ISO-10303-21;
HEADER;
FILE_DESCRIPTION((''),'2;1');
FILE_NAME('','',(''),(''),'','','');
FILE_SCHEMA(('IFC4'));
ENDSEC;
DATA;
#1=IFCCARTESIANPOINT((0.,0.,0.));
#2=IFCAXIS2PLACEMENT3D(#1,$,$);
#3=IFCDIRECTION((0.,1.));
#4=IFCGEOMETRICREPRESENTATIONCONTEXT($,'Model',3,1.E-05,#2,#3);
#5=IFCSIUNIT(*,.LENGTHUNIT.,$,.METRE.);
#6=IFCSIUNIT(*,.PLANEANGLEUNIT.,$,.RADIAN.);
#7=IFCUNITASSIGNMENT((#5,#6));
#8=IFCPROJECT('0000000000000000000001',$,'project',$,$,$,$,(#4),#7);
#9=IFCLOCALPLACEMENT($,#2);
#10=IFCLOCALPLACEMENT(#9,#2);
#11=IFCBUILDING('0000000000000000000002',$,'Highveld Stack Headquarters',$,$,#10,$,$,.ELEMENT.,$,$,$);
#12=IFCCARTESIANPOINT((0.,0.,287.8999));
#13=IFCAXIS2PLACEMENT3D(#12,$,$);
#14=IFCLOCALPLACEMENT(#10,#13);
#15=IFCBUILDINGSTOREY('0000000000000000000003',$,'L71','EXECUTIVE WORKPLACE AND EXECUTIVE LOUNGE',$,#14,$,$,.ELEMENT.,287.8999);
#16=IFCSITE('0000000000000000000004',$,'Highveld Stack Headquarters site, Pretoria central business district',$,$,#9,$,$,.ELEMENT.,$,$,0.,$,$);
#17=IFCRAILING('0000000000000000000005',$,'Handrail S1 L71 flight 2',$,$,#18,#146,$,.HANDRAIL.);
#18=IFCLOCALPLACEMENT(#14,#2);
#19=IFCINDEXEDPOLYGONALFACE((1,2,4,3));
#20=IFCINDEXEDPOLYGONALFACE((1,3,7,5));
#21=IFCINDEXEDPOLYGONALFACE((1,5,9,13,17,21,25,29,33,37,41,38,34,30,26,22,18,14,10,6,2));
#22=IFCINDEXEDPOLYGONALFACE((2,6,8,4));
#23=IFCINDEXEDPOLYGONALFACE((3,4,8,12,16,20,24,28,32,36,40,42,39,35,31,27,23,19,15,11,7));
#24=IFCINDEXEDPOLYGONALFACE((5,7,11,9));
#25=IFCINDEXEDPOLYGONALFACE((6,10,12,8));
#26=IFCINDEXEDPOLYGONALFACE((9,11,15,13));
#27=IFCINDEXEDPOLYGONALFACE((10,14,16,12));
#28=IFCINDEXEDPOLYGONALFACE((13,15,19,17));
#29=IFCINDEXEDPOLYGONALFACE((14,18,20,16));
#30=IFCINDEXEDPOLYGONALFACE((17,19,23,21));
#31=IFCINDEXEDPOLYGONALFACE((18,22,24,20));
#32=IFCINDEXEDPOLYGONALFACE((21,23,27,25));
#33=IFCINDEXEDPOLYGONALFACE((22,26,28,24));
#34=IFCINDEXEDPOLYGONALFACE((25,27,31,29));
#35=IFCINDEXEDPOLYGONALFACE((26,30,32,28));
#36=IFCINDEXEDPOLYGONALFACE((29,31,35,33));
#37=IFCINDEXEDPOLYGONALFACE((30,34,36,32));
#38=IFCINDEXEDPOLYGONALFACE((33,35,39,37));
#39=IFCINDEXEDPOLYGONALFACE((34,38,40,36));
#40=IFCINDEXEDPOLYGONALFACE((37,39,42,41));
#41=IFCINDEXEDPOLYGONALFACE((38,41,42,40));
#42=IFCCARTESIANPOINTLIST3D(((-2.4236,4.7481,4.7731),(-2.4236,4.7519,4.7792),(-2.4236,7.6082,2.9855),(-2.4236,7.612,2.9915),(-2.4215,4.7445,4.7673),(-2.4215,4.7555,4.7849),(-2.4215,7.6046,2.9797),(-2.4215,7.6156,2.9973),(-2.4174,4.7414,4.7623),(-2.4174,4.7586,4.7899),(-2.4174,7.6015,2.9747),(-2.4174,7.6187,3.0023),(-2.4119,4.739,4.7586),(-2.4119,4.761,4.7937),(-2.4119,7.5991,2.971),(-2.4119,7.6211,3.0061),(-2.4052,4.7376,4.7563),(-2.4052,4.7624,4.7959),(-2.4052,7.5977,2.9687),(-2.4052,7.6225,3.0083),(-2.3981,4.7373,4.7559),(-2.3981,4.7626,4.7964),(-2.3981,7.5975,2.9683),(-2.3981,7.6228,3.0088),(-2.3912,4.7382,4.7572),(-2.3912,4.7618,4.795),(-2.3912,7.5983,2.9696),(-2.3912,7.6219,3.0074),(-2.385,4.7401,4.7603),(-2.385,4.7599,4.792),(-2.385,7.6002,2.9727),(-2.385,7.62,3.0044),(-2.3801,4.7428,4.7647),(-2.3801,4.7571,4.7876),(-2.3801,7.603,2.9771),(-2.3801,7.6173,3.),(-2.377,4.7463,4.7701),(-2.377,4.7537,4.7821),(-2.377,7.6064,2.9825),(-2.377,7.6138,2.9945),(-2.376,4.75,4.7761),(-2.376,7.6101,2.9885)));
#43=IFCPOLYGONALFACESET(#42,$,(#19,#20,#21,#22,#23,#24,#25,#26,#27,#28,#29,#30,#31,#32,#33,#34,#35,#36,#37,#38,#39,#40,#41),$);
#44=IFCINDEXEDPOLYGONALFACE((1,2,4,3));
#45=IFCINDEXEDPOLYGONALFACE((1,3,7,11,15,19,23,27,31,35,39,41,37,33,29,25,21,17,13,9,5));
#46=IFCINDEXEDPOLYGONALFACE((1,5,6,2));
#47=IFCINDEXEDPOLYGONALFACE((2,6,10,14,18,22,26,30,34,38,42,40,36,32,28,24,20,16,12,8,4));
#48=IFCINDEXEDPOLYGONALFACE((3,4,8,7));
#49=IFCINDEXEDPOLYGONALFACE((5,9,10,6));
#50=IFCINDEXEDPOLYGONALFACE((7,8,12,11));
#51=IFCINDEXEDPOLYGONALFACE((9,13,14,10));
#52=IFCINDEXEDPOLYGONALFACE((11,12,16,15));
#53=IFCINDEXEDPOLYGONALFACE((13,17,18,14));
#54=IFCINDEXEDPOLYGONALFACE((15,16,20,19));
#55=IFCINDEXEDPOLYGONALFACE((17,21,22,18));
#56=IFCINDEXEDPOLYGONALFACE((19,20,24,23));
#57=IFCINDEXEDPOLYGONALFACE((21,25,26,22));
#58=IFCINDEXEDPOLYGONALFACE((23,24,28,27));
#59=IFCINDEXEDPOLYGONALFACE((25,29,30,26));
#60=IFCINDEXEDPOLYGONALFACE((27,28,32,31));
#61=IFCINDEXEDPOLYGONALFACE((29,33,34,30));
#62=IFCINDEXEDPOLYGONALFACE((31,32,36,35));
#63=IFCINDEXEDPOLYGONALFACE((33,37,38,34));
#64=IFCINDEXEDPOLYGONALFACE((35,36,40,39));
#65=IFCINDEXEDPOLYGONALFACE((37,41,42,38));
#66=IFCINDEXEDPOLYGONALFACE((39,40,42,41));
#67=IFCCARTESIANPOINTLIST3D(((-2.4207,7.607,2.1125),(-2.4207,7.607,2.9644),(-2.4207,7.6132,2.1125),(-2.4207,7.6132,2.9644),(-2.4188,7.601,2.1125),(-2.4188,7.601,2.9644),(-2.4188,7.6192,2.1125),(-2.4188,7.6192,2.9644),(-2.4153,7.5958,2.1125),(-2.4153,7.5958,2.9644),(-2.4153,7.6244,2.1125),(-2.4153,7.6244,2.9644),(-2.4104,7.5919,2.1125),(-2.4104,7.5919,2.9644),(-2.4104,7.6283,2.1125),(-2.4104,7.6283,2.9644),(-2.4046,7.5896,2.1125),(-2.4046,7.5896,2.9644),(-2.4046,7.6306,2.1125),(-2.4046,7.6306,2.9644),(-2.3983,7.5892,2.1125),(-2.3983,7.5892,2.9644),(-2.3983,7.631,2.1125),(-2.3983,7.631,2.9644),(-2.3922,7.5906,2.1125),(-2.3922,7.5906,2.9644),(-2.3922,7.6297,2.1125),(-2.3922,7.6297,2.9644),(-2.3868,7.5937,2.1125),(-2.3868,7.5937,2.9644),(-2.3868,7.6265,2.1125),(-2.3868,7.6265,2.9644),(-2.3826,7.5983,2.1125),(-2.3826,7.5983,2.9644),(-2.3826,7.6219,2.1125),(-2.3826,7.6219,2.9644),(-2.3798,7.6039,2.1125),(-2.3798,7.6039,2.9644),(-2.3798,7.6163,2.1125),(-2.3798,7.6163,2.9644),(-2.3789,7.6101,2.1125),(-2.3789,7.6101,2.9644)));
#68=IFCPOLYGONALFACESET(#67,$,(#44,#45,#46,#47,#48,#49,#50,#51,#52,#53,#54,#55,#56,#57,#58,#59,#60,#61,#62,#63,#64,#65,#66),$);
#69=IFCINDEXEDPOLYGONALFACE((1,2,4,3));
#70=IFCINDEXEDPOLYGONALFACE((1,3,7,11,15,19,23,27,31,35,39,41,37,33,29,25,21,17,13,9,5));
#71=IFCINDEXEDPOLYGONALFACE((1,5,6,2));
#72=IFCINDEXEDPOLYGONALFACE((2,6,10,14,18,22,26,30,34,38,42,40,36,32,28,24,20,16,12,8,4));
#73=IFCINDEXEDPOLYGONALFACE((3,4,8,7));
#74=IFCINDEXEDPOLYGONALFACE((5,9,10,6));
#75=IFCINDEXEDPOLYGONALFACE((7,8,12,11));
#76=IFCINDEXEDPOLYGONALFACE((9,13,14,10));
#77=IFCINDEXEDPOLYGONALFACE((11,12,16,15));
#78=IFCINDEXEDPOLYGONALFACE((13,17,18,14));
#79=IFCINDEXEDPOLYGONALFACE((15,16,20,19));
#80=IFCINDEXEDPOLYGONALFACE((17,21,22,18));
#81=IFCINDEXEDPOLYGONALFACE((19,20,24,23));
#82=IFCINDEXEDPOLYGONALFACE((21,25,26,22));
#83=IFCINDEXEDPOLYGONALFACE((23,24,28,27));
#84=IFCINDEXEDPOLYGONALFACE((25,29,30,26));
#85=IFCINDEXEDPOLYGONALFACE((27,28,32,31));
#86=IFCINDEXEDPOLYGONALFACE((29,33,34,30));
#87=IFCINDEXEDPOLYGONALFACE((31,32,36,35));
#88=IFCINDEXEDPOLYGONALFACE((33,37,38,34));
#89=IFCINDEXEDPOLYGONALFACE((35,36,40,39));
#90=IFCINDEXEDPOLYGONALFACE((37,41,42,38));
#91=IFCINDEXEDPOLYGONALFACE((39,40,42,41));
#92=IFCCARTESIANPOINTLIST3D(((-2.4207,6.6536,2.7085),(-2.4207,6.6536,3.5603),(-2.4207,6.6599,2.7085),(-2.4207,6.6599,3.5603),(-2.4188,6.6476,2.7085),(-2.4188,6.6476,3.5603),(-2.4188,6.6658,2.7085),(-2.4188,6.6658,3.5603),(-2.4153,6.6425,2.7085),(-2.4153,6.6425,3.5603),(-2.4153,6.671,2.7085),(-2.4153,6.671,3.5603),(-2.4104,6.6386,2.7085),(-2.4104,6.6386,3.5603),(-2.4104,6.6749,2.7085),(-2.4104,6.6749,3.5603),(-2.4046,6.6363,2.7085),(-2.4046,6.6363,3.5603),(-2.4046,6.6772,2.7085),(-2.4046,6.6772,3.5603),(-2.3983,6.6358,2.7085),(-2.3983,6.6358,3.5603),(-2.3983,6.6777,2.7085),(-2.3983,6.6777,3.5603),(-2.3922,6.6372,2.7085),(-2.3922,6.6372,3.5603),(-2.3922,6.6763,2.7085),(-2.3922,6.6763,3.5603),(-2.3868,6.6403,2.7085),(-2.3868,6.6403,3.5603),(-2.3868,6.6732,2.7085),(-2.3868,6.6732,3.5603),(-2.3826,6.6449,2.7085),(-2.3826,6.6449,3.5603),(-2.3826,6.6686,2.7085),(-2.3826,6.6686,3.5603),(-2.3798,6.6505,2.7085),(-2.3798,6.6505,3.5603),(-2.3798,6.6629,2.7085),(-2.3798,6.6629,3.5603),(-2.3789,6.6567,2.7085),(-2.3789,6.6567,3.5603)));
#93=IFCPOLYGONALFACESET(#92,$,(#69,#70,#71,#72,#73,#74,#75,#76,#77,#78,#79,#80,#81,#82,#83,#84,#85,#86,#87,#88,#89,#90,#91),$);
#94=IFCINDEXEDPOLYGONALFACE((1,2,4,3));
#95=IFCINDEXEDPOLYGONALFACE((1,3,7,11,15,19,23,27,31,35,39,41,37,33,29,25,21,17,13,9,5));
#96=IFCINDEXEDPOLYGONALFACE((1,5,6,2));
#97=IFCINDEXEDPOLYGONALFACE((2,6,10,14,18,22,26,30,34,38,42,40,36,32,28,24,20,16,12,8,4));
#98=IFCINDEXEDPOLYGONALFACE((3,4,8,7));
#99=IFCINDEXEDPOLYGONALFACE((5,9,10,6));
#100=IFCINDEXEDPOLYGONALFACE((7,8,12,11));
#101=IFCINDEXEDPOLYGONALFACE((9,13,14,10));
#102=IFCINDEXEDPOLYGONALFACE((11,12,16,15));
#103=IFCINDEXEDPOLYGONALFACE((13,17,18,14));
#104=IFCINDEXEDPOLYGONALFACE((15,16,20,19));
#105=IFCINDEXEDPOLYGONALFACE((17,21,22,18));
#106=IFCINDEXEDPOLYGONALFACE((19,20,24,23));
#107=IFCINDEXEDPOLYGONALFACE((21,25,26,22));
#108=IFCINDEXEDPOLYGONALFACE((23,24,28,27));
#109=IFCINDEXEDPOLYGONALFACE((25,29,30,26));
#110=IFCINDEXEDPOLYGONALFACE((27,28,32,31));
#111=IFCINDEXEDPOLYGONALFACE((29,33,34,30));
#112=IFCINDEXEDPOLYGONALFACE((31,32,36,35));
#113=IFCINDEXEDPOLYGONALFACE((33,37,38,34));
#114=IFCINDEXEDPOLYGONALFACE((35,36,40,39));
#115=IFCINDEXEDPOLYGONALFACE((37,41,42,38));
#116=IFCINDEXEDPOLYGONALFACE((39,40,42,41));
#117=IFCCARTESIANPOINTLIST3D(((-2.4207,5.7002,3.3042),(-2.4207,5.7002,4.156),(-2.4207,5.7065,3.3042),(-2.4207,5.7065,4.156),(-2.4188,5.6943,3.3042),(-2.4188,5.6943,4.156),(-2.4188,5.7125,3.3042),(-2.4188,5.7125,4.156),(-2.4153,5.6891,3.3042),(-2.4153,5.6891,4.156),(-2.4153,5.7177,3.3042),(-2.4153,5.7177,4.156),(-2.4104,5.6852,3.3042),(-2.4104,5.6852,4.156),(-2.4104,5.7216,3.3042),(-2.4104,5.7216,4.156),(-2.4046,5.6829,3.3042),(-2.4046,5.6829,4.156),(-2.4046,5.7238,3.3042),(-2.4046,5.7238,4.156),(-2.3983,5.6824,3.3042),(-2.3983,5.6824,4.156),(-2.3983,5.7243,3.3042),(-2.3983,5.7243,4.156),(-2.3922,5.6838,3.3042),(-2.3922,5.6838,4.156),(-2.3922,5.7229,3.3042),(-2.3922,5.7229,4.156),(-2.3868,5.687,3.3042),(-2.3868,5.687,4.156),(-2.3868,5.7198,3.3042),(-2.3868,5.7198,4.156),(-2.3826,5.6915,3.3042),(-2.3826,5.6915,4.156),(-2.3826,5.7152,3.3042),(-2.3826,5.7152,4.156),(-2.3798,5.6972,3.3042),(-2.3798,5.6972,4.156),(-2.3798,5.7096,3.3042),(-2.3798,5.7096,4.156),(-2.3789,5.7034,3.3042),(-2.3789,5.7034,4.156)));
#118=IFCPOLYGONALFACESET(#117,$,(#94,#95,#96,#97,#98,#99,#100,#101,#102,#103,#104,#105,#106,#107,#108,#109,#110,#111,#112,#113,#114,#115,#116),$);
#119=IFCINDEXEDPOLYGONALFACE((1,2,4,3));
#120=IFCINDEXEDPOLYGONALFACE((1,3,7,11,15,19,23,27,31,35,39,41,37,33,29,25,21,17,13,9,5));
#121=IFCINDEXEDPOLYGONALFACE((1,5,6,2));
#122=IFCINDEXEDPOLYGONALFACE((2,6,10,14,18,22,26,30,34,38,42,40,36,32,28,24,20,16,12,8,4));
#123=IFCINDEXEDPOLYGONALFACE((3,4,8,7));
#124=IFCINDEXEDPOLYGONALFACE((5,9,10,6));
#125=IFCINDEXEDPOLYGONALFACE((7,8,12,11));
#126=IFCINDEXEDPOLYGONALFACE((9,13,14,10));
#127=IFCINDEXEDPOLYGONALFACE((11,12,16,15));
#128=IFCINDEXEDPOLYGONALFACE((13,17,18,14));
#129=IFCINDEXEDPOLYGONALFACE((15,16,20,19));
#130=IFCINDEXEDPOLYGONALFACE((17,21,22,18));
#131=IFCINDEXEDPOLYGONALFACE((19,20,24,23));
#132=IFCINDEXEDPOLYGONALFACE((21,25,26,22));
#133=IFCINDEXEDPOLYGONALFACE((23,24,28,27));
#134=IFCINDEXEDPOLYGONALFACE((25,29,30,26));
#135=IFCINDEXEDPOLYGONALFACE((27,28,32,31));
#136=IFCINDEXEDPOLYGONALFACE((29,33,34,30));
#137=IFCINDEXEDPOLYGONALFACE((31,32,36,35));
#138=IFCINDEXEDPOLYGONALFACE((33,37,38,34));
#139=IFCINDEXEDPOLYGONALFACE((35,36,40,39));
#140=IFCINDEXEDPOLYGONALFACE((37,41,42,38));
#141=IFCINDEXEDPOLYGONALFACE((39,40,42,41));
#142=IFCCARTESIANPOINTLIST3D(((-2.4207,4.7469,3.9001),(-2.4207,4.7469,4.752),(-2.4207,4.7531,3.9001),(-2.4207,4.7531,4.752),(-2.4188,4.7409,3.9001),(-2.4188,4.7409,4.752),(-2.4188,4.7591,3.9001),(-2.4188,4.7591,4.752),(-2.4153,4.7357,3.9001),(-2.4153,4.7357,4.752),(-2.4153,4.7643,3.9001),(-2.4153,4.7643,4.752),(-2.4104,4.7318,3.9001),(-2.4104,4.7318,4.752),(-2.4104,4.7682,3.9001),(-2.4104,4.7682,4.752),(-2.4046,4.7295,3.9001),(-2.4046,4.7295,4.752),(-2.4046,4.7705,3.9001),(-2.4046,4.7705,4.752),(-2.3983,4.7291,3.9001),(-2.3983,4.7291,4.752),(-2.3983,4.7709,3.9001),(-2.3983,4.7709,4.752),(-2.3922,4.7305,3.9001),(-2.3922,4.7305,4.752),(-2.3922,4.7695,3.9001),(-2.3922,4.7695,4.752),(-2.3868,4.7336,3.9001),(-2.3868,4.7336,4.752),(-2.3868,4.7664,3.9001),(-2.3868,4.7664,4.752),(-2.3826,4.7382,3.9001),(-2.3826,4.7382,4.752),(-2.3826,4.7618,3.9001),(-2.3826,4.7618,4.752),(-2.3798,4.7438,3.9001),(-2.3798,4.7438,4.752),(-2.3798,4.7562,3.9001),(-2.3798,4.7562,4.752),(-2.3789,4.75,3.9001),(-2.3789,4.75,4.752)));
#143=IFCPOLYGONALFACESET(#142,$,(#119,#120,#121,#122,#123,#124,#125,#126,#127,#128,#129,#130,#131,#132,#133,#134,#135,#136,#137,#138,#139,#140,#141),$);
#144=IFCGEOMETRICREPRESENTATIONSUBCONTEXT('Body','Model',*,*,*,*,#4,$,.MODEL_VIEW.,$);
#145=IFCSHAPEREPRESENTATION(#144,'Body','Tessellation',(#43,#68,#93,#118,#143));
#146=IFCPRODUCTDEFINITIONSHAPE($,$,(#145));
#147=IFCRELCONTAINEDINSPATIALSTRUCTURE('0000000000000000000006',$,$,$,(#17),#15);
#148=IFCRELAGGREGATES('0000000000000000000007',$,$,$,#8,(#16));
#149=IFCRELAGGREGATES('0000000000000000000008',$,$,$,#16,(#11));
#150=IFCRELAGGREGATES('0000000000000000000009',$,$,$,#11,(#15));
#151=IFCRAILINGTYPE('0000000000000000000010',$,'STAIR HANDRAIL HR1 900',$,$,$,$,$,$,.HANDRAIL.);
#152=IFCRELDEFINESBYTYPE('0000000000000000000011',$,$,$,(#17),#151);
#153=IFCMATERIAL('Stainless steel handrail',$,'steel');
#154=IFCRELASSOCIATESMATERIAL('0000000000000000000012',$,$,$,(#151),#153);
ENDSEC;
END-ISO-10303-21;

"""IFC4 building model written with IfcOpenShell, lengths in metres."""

from ifc_helpers import new_model, si_unit, direction, frame, origin, origin_2d, place, context, subcontext, project, spatial, circle, extrude, material, type_object, element, save


model = new_model("IFC4")

# Units and contexts
model_context = context("Model", 3, precision=1e-05, world=origin(), true_north=direction((0.0, 1.0)))
body_context = subcontext(model_context, "Body", "Model", "MODEL_VIEW")
ifc_project = project(units=[si_unit("LENGTHUNIT", "METRE"), si_unit("PLANEANGLEUNIT", "RADIAN")], contexts=[model_context])

# Site, building, storey
site_placement = place(None, origin())
site = spatial("IfcSite", under=ifc_project, at=site_placement, Name="Highveld Stack Headquarters site, Pretoria central business district", CompositionType="ELEMENT", RefElevation=0.0)
building_placement = place(site_placement, origin())
building = spatial("IfcBuilding", under=site, at=building_placement, Name="Highveld Stack Headquarters", CompositionType="ELEMENT")
storey_placement = place(building_placement, frame((0.0, 0.0, 287.8999)))
storey = spatial("IfcBuildingStorey", under=building, at=storey_placement, Name="L71", Description="EXECUTIVE WORKPLACE AND EXECUTIVE LOUNGE", CompositionType="ELEMENT", Elevation=287.8999)

# Railing
ifc_material_1 = material(Name="Stainless steel handrail", Category="steel")
railing_type = type_object("IfcRailingType", Name="STAIR HANDRAIL HR1 900", PredefinedType="HANDRAIL", material=ifc_material_1)
for number, where, name in (
    (1, (-2.3999, 7.6101, 2.1125), "Handrail S1 L71 flight 2"),
):
    element("IfcRailing", number, at=place(storey_placement, frame(where)), inside=storey, type_object=railing_type, Name=name, PredefinedType="HANDRAIL", context=body_context, shape_type="SweptSolid", body=[
        extrude(circle(Radius=0.0239, at=origin_2d()), frame((0.0, 0.0, 0.876), z_axis=(0.0, -0.847994, 0.530005), x_axis=(1.0, 0.0, 0.0)), (0.0, 0.0, 1.0), 3.3728),
        extrude(circle(Radius=0.021, at=origin_2d()), origin(), (0.0, 0.0, 1.0), 0.8518),
        extrude(circle(Radius=0.021, at=origin_2d()), frame((0.0, -0.9534, 0.5959)), (0.0, 0.0, 1.0), 0.8518),
        extrude(circle(Radius=0.021, at=origin_2d()), frame((0.0, -1.9067, 1.1917)), (0.0, 0.0, 1.0), 0.8518),
        extrude(circle(Radius=0.021, at=origin_2d()), frame((0.0, -2.8601, 1.7876)), (0.0, 0.0, 1.0), 0.8518),
    ])

save(model, "model.ifc")
